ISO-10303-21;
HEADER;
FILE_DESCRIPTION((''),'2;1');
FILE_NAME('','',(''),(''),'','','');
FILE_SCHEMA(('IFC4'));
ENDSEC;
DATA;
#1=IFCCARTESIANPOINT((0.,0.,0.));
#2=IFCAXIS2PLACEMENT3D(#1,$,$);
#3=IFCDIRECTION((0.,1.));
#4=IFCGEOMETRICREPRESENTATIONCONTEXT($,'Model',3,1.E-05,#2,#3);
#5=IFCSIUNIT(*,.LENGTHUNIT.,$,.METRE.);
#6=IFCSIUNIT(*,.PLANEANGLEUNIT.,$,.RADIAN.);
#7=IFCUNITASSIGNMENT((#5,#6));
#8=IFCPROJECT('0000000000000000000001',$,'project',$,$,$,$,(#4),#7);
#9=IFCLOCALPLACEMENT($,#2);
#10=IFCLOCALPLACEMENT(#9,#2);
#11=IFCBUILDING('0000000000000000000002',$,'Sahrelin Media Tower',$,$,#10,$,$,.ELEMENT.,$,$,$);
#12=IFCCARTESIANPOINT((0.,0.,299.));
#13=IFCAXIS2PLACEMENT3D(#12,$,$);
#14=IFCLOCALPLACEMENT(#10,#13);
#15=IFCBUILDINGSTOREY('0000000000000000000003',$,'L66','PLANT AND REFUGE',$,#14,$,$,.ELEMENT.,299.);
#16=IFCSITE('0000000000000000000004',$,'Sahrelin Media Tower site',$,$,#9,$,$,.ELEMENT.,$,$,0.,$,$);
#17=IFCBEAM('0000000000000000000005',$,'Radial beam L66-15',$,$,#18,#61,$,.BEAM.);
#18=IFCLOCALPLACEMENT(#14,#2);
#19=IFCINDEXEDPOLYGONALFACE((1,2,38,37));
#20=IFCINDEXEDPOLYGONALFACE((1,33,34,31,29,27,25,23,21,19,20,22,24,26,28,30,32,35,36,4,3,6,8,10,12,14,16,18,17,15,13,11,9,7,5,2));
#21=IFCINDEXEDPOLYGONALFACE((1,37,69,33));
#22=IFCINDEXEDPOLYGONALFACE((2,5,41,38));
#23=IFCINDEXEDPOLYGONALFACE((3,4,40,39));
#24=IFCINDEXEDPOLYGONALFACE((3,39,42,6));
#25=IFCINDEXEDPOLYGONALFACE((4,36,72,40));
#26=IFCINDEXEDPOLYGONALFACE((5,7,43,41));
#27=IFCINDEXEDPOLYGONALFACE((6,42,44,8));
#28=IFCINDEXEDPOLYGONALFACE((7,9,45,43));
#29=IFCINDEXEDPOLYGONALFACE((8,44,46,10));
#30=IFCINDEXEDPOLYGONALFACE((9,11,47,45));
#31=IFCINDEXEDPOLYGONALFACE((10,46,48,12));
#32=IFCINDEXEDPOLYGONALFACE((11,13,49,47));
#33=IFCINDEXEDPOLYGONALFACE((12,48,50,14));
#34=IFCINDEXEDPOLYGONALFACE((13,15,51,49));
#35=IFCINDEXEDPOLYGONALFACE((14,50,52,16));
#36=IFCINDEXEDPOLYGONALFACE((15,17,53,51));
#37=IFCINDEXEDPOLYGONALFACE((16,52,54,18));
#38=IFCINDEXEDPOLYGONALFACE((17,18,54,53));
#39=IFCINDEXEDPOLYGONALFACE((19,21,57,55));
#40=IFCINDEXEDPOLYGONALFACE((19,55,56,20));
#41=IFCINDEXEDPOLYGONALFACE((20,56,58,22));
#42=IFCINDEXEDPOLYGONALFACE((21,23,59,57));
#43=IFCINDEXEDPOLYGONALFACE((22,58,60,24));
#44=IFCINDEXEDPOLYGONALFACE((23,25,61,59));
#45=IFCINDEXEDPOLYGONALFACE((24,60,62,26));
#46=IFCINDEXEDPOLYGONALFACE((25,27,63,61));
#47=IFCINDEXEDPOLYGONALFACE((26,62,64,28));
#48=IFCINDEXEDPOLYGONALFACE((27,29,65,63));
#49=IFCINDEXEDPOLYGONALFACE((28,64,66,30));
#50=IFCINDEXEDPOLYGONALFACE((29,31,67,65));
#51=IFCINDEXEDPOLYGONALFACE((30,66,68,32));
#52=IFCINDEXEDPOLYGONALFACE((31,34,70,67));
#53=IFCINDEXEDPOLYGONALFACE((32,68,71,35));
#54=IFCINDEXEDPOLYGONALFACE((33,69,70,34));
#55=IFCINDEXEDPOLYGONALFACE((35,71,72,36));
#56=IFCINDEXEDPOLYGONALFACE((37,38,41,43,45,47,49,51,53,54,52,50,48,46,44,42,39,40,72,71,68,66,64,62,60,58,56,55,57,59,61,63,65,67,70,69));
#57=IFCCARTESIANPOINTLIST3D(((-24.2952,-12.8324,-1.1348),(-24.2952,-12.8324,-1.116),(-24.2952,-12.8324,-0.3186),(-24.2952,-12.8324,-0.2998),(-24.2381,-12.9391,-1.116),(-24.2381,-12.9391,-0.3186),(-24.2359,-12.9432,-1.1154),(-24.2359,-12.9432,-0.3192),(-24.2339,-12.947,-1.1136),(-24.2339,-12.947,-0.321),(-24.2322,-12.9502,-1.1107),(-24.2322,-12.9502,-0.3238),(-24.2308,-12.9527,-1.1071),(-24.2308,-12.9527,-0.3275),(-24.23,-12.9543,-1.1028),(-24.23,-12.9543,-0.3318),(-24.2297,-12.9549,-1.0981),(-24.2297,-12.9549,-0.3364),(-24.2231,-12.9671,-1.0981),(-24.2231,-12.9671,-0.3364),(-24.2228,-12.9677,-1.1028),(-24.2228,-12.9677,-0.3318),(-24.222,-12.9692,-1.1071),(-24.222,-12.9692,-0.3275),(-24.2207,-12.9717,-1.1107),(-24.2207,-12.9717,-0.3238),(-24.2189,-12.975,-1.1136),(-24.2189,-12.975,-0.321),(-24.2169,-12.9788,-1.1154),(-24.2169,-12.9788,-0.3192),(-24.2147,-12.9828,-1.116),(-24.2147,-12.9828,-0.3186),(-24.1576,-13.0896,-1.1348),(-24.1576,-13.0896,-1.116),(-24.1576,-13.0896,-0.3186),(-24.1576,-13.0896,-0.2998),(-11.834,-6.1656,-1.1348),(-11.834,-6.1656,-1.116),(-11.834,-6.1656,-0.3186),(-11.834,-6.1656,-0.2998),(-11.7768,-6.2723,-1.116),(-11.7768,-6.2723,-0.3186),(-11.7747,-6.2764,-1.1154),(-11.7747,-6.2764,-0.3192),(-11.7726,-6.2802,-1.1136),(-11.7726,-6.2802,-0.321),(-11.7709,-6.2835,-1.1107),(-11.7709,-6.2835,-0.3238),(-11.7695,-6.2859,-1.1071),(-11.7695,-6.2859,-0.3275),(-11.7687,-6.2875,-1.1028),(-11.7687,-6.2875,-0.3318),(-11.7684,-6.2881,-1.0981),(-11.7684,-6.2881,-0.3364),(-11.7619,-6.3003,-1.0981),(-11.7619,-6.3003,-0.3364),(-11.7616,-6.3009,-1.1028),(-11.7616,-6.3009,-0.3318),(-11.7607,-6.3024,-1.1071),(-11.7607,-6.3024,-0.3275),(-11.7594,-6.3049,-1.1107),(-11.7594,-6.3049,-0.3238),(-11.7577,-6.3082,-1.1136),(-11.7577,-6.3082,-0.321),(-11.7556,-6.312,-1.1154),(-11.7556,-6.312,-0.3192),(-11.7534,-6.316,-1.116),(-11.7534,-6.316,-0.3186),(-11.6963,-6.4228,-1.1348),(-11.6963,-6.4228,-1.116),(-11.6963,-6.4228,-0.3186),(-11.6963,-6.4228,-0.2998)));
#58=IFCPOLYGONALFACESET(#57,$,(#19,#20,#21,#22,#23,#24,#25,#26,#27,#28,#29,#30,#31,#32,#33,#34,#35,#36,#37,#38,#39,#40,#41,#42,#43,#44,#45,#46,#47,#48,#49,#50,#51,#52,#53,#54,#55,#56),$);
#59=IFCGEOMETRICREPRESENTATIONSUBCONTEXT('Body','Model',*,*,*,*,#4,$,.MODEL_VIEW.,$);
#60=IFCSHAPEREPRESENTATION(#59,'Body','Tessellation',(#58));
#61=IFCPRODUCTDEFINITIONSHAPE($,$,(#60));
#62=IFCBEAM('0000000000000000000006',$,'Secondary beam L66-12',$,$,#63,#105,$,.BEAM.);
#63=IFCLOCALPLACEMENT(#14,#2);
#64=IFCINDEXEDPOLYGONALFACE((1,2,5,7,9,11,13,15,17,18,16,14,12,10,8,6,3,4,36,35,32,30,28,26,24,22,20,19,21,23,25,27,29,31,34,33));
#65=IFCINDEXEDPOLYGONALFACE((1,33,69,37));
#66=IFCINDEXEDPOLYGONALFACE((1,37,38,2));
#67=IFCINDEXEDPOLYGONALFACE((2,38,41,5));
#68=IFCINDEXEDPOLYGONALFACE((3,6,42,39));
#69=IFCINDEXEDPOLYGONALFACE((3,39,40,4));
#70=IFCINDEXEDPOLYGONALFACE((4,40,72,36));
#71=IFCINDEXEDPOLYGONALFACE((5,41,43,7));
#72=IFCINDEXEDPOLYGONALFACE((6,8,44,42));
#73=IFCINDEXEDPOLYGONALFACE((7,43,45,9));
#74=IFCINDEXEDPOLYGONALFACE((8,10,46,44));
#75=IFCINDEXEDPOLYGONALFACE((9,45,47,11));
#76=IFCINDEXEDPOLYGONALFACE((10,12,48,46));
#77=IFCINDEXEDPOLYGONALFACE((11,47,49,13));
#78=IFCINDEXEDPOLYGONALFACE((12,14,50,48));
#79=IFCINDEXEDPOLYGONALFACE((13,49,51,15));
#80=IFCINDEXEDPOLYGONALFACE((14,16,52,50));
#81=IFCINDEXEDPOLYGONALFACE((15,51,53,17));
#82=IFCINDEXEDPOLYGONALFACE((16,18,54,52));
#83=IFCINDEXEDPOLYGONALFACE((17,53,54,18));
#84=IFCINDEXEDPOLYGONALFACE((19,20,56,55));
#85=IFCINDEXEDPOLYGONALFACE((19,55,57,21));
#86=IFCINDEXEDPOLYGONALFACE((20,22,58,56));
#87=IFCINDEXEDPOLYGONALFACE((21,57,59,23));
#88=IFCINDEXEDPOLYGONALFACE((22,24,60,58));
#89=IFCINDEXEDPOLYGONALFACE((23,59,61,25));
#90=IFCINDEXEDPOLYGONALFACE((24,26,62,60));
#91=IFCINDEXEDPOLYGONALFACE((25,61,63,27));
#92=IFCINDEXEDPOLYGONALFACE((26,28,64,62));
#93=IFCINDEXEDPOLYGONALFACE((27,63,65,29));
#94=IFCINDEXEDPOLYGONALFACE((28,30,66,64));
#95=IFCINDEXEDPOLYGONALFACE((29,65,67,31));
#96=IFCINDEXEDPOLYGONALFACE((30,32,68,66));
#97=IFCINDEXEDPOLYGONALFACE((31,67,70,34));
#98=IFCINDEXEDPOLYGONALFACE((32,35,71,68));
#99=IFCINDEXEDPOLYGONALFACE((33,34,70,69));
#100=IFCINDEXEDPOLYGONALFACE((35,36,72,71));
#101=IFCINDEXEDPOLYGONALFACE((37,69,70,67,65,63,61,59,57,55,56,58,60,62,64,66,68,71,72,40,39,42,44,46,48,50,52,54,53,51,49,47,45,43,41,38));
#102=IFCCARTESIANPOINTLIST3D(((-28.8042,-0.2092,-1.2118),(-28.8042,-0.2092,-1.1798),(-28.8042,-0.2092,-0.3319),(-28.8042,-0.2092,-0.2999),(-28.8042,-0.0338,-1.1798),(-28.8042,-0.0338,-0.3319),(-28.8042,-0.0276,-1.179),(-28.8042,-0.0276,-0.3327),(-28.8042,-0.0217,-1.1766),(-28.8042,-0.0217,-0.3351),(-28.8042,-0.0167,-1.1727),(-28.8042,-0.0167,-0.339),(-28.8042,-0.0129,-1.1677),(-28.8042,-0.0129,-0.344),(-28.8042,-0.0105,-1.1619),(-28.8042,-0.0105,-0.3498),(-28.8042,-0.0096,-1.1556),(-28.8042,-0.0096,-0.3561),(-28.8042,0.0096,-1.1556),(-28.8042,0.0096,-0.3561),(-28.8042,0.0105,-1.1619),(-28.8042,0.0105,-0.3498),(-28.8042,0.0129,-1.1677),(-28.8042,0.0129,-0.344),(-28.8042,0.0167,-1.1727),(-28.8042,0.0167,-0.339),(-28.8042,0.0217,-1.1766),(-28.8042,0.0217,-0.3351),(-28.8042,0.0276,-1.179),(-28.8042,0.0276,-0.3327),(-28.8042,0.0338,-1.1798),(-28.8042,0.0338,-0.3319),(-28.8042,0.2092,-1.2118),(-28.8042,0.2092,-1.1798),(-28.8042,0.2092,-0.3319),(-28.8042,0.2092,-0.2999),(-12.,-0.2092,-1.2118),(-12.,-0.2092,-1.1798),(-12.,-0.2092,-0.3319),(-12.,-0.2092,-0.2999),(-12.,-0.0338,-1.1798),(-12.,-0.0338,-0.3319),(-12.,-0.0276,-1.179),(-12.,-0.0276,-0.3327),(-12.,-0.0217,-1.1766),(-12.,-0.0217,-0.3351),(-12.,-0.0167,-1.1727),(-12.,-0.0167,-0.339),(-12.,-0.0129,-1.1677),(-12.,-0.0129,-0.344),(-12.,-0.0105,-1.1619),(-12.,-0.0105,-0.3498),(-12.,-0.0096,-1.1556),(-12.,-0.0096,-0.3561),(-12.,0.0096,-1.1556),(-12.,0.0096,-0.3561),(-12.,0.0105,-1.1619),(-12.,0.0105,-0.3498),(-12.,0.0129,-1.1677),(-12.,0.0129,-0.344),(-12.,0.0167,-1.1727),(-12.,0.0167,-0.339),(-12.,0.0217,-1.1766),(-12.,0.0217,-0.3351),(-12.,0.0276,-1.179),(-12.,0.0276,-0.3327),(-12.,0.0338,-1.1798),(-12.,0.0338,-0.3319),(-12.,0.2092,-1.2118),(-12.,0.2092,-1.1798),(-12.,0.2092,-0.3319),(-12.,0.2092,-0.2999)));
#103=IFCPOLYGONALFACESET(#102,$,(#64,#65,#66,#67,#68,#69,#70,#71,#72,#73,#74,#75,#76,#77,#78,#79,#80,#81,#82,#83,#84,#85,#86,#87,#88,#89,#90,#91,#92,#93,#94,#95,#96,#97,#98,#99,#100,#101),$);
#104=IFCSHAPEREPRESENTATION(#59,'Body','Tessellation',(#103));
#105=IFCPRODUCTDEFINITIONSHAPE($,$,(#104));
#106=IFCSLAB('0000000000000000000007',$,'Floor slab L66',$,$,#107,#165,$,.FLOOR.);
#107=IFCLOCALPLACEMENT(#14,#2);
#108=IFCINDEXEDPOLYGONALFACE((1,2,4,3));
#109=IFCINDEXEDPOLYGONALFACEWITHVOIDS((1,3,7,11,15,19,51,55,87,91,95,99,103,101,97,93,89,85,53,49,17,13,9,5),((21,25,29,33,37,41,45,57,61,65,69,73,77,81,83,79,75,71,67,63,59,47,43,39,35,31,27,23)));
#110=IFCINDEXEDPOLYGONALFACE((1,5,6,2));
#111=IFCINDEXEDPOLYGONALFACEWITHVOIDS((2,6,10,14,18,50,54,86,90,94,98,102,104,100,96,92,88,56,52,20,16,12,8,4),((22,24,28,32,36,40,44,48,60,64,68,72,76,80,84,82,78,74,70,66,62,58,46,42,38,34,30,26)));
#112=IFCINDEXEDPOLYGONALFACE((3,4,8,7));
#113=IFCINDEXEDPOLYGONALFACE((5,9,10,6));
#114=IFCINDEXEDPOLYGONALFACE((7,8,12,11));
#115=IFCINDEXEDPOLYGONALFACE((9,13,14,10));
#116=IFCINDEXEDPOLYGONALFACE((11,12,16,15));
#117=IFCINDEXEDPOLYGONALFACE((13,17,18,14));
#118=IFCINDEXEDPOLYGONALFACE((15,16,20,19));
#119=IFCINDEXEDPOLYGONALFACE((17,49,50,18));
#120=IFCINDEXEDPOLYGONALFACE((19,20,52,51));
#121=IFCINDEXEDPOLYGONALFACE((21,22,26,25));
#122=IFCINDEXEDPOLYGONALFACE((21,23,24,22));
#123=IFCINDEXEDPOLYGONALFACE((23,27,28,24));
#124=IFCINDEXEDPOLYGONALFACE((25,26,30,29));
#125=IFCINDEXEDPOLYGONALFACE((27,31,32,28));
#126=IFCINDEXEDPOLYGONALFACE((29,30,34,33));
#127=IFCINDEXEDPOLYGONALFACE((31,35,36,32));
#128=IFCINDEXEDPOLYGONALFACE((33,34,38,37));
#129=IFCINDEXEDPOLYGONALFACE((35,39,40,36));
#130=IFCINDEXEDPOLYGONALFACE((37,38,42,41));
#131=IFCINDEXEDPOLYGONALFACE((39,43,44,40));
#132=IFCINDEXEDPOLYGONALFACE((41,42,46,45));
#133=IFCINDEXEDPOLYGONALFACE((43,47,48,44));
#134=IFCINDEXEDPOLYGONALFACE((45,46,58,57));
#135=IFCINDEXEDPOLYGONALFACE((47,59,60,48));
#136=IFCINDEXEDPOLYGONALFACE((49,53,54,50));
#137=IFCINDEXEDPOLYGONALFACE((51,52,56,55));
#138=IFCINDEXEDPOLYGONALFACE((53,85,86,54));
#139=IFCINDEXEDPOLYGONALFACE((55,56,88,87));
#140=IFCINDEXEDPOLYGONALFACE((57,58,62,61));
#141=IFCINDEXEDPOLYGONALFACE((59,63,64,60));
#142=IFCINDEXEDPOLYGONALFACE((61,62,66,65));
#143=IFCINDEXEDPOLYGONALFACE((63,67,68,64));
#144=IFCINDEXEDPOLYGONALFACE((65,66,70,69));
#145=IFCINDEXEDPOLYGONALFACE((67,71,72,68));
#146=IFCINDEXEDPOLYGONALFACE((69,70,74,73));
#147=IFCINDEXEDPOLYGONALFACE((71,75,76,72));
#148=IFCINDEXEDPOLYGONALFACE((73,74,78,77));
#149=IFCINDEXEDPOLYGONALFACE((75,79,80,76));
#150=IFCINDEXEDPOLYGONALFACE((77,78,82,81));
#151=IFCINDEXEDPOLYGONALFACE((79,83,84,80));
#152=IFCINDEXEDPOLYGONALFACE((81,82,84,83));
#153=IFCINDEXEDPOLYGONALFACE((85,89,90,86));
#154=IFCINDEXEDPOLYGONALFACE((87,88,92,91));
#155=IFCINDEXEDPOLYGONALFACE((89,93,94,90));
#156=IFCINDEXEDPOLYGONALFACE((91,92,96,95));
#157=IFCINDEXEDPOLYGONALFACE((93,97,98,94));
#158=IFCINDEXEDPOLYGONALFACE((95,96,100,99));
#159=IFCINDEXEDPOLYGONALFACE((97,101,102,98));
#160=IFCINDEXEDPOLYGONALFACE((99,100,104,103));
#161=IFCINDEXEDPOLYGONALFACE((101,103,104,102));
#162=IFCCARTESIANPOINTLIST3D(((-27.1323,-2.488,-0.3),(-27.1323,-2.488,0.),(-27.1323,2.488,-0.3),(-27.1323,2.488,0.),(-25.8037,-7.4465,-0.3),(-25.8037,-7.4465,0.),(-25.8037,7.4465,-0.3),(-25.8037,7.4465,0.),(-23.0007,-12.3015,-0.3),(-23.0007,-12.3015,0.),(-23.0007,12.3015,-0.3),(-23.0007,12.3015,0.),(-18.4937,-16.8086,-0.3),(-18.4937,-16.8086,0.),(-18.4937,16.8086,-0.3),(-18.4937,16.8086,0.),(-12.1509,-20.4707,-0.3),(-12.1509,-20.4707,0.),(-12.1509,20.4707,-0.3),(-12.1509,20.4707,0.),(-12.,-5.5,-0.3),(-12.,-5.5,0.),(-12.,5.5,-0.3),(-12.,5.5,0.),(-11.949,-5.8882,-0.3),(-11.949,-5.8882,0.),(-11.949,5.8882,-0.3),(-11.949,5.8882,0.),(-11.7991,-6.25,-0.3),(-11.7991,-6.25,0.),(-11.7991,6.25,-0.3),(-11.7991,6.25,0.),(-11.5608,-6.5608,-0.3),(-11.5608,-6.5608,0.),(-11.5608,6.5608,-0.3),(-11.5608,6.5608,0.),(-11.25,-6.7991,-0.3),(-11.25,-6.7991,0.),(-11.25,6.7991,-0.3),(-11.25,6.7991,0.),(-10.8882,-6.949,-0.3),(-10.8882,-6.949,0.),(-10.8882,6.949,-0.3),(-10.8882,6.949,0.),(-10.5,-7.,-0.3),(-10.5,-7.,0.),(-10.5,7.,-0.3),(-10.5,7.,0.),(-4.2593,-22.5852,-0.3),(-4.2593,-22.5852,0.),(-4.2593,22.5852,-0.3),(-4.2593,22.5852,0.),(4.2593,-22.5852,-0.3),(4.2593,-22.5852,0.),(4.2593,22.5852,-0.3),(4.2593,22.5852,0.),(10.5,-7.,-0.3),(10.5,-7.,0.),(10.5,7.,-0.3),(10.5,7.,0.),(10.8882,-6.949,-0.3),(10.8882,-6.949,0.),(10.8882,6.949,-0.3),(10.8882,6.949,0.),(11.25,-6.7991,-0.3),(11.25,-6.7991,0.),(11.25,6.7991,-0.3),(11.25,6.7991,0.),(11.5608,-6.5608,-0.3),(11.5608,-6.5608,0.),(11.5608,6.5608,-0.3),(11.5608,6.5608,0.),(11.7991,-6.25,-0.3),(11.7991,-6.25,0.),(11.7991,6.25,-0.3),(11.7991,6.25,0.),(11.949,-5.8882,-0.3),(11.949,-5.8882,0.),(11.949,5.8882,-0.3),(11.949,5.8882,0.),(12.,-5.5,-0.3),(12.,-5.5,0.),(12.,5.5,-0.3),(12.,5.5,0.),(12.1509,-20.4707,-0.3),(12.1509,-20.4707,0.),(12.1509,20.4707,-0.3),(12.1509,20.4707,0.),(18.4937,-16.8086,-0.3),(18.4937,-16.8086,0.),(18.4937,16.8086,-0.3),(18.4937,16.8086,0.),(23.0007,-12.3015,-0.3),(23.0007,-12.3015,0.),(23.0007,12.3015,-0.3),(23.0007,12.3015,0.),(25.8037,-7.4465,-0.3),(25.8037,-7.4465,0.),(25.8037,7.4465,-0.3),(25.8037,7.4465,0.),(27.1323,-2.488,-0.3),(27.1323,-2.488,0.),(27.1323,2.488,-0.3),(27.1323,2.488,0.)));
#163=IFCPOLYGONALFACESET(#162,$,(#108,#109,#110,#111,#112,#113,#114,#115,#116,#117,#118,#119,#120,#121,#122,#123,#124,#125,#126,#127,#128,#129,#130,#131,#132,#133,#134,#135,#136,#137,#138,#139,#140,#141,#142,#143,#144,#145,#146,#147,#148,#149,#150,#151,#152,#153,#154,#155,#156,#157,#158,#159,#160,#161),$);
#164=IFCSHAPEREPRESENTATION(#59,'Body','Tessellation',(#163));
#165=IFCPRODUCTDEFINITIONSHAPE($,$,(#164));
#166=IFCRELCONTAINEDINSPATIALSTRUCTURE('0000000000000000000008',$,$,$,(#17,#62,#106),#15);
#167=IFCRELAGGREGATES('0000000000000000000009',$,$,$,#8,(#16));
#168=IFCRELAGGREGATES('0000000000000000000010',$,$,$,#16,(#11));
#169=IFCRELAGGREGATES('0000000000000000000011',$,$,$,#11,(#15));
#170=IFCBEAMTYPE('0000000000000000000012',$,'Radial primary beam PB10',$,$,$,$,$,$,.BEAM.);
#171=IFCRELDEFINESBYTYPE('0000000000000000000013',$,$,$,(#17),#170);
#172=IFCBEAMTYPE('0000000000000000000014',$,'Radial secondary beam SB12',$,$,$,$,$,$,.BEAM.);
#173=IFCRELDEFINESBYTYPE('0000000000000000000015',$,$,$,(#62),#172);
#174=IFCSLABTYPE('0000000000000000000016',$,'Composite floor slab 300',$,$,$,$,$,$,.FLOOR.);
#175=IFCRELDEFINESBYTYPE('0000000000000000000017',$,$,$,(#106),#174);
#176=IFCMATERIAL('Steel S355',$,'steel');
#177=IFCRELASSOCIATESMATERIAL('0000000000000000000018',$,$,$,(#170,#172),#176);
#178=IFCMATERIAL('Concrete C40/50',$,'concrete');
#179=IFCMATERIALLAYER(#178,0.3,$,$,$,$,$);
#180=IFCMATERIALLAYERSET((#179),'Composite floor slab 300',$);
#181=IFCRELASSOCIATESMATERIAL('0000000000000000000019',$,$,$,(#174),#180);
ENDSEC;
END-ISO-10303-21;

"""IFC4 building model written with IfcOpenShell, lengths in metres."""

from ifc_helpers import new_model, si_unit, direction, frame, origin, origin_2d, place, context, subcontext, project, spatial, polyline, i_section, outline, extrude, material, layer, layer_set, material_profile, profile_set, type_object, element, save


model = new_model("IFC4")

# Units and contexts
model_context = context("Model", 3, precision=1e-05, world=origin(), true_north=direction((0.0, 1.0)))
body_context = subcontext(model_context, "Body", "Model", "MODEL_VIEW")
ifc_project = project(units=[si_unit("LENGTHUNIT", "METRE"), si_unit("PLANEANGLEUNIT", "RADIAN")], contexts=[model_context])

# Site, building, storey
site_placement = place(None, origin())
site = spatial("IfcSite", under=ifc_project, at=site_placement, Name="Sahrelin Media Tower site", CompositionType="ELEMENT", RefElevation=0.0)
building_placement = place(site_placement, origin())
building = spatial("IfcBuilding", under=site, at=building_placement, Name="Sahrelin Media Tower", CompositionType="ELEMENT")
storey_placement = place(building_placement, frame((0.0, 0.0, 299.0)))
storey = spatial("IfcBuildingStorey", under=building, at=storey_placement, Name="L66", Description="PLANT AND REFUGE", CompositionType="ELEMENT", Elevation=299.0)

# Beams
ifc_material_1 = material(Name="Steel S355", Category="steel")
ifc_material_profile_1 = material_profile(ifc_material_1, i_section(OverallWidth=0.2917, OverallDepth=0.835, WebThickness=0.0139, FlangeThickness=0.0188, FilletRadius=0.0178, at=origin_2d()), Name="UB 838x292x176")
ifc_profile_set_1 = profile_set([ifc_material_profile_1], Name="Steel S355")
beam_type_1 = type_object("IfcBeamType", Name="Radial primary beam PB10", PredefinedType="BEAM", material=ifc_profile_set_1)
beam_1_placement = place(storey_placement, frame((-11.7651, -6.2942, -0.7173), z_axis=(-0.881742, -0.471733, 0.0), x_axis=(0.471733, -0.881742, 0.0)))
element("IfcBeam", 1, at=beam_1_placement, inside=storey, type_object=beam_type_1, Name="Radial beam L66-15", PredefinedType="BEAM", context=body_context, shape_type="SweptSolid", body=[
    extrude(i_section(OverallWidth=0.2917, OverallDepth=0.835, WebThickness=0.0139, FlangeThickness=0.0188, FilletRadius=0.0178, at=origin_2d()), origin(), (0.0, 0.0, 1.0), 14.1326),
])
ifc_material_profile_2 = material_profile(ifc_material_1, i_section(OverallWidth=0.4185, OverallDepth=0.9119, WebThickness=0.0193, FlangeThickness=0.032, FilletRadius=0.0242, at=origin_2d()), Name="UB 914x419x343")
ifc_profile_set_2 = profile_set([ifc_material_profile_2], Name="Steel S355")
beam_type_2 = type_object("IfcBeamType", Name="Radial secondary beam SB12", PredefinedType="BEAM", material=ifc_profile_set_2)
beam_2_placement = place(storey_placement, frame((-12.0, 0.0, -0.7559), z_axis=(-1.0, 0.0, 0.0), x_axis=(0.0, -1.0, 0.0)))
element("IfcBeam", 2, at=beam_2_placement, inside=storey, type_object=beam_type_2, Name="Secondary beam L66-12", PredefinedType="BEAM", context=body_context, shape_type="SweptSolid", body=[
    extrude(i_section(OverallWidth=0.4185, OverallDepth=0.9119, WebThickness=0.0193, FlangeThickness=0.032, FilletRadius=0.0242, at=origin_2d()), origin(), (0.0, 0.0, 1.0), 16.8042),
])

# Slab
ifc_material_2 = material(Name="Concrete C40/50", Category="concrete")
ifc_layer_1 = layer(ifc_material_2, 0.3)
ifc_layer_set_1 = layer_set([ifc_layer_1], Name="Composite floor slab 300")
slab_type = type_object("IfcSlabType", Name="Composite floor slab 300", PredefinedType="FLOOR", material=ifc_layer_set_1)
slab_placement = place(storey_placement, frame((0.0, 0.0, -0.3)))
element("IfcSlab", 3, at=slab_placement, inside=storey, type_object=slab_type, Name="Floor slab L66", PredefinedType="FLOOR", context=body_context, shape_type="SweptSolid", body=[
    extrude(outline(polyline([(27.1323, -2.488), (27.1323, 2.488), (25.8037, 7.4465), (23.0007, 12.3015), (18.4937, 16.8086), (12.1509, 20.4707), (4.2593, 22.5852), (-4.2593, 22.5852), (-12.1509, 20.4707), (-18.4937, 16.8086), (-23.0007, 12.3015), (-25.8037, 7.4465), (-27.1323, 2.488), (-27.1323, -2.488), (-25.8037, -7.4465), (-23.0007, -12.3015), (-18.4937, -16.8086), (-12.1509, -20.4707), (-4.2593, -22.5852), (4.2593, -22.5852), (12.1509, -20.4707), (18.4937, -16.8086), (23.0007, -12.3015), (25.8037, -7.4465), (27.1323, -2.488)]), holes=[polyline([(11.949, 5.8882), (12.0, 5.5), (12.0, -5.5), (11.949, -5.8882), (11.7991, -6.25), (11.5608, -6.5608), (11.25, -6.7991), (10.8882, -6.949), (10.5, -7.0), (-10.5, -7.0), (-10.8882, -6.949), (-11.25, -6.7991), (-11.5608, -6.5608), (-11.7991, -6.25), (-11.949, -5.8882), (-12.0, -5.5), (-12.0, 5.5), (-11.949, 5.8882), (-11.7991, 6.25), (-11.5608, 6.5608), (-11.25, 6.7991), (-10.8882, 6.949), (-10.5, 7.0), (10.5, 7.0), (10.8882, 6.949), (11.25, 6.7991), (11.5608, 6.5608), (11.7991, 6.25), (11.949, 5.8882)])]), origin(), (0.0, 0.0, 1.0), 0.3),
])

save(model, "model.ifc")
